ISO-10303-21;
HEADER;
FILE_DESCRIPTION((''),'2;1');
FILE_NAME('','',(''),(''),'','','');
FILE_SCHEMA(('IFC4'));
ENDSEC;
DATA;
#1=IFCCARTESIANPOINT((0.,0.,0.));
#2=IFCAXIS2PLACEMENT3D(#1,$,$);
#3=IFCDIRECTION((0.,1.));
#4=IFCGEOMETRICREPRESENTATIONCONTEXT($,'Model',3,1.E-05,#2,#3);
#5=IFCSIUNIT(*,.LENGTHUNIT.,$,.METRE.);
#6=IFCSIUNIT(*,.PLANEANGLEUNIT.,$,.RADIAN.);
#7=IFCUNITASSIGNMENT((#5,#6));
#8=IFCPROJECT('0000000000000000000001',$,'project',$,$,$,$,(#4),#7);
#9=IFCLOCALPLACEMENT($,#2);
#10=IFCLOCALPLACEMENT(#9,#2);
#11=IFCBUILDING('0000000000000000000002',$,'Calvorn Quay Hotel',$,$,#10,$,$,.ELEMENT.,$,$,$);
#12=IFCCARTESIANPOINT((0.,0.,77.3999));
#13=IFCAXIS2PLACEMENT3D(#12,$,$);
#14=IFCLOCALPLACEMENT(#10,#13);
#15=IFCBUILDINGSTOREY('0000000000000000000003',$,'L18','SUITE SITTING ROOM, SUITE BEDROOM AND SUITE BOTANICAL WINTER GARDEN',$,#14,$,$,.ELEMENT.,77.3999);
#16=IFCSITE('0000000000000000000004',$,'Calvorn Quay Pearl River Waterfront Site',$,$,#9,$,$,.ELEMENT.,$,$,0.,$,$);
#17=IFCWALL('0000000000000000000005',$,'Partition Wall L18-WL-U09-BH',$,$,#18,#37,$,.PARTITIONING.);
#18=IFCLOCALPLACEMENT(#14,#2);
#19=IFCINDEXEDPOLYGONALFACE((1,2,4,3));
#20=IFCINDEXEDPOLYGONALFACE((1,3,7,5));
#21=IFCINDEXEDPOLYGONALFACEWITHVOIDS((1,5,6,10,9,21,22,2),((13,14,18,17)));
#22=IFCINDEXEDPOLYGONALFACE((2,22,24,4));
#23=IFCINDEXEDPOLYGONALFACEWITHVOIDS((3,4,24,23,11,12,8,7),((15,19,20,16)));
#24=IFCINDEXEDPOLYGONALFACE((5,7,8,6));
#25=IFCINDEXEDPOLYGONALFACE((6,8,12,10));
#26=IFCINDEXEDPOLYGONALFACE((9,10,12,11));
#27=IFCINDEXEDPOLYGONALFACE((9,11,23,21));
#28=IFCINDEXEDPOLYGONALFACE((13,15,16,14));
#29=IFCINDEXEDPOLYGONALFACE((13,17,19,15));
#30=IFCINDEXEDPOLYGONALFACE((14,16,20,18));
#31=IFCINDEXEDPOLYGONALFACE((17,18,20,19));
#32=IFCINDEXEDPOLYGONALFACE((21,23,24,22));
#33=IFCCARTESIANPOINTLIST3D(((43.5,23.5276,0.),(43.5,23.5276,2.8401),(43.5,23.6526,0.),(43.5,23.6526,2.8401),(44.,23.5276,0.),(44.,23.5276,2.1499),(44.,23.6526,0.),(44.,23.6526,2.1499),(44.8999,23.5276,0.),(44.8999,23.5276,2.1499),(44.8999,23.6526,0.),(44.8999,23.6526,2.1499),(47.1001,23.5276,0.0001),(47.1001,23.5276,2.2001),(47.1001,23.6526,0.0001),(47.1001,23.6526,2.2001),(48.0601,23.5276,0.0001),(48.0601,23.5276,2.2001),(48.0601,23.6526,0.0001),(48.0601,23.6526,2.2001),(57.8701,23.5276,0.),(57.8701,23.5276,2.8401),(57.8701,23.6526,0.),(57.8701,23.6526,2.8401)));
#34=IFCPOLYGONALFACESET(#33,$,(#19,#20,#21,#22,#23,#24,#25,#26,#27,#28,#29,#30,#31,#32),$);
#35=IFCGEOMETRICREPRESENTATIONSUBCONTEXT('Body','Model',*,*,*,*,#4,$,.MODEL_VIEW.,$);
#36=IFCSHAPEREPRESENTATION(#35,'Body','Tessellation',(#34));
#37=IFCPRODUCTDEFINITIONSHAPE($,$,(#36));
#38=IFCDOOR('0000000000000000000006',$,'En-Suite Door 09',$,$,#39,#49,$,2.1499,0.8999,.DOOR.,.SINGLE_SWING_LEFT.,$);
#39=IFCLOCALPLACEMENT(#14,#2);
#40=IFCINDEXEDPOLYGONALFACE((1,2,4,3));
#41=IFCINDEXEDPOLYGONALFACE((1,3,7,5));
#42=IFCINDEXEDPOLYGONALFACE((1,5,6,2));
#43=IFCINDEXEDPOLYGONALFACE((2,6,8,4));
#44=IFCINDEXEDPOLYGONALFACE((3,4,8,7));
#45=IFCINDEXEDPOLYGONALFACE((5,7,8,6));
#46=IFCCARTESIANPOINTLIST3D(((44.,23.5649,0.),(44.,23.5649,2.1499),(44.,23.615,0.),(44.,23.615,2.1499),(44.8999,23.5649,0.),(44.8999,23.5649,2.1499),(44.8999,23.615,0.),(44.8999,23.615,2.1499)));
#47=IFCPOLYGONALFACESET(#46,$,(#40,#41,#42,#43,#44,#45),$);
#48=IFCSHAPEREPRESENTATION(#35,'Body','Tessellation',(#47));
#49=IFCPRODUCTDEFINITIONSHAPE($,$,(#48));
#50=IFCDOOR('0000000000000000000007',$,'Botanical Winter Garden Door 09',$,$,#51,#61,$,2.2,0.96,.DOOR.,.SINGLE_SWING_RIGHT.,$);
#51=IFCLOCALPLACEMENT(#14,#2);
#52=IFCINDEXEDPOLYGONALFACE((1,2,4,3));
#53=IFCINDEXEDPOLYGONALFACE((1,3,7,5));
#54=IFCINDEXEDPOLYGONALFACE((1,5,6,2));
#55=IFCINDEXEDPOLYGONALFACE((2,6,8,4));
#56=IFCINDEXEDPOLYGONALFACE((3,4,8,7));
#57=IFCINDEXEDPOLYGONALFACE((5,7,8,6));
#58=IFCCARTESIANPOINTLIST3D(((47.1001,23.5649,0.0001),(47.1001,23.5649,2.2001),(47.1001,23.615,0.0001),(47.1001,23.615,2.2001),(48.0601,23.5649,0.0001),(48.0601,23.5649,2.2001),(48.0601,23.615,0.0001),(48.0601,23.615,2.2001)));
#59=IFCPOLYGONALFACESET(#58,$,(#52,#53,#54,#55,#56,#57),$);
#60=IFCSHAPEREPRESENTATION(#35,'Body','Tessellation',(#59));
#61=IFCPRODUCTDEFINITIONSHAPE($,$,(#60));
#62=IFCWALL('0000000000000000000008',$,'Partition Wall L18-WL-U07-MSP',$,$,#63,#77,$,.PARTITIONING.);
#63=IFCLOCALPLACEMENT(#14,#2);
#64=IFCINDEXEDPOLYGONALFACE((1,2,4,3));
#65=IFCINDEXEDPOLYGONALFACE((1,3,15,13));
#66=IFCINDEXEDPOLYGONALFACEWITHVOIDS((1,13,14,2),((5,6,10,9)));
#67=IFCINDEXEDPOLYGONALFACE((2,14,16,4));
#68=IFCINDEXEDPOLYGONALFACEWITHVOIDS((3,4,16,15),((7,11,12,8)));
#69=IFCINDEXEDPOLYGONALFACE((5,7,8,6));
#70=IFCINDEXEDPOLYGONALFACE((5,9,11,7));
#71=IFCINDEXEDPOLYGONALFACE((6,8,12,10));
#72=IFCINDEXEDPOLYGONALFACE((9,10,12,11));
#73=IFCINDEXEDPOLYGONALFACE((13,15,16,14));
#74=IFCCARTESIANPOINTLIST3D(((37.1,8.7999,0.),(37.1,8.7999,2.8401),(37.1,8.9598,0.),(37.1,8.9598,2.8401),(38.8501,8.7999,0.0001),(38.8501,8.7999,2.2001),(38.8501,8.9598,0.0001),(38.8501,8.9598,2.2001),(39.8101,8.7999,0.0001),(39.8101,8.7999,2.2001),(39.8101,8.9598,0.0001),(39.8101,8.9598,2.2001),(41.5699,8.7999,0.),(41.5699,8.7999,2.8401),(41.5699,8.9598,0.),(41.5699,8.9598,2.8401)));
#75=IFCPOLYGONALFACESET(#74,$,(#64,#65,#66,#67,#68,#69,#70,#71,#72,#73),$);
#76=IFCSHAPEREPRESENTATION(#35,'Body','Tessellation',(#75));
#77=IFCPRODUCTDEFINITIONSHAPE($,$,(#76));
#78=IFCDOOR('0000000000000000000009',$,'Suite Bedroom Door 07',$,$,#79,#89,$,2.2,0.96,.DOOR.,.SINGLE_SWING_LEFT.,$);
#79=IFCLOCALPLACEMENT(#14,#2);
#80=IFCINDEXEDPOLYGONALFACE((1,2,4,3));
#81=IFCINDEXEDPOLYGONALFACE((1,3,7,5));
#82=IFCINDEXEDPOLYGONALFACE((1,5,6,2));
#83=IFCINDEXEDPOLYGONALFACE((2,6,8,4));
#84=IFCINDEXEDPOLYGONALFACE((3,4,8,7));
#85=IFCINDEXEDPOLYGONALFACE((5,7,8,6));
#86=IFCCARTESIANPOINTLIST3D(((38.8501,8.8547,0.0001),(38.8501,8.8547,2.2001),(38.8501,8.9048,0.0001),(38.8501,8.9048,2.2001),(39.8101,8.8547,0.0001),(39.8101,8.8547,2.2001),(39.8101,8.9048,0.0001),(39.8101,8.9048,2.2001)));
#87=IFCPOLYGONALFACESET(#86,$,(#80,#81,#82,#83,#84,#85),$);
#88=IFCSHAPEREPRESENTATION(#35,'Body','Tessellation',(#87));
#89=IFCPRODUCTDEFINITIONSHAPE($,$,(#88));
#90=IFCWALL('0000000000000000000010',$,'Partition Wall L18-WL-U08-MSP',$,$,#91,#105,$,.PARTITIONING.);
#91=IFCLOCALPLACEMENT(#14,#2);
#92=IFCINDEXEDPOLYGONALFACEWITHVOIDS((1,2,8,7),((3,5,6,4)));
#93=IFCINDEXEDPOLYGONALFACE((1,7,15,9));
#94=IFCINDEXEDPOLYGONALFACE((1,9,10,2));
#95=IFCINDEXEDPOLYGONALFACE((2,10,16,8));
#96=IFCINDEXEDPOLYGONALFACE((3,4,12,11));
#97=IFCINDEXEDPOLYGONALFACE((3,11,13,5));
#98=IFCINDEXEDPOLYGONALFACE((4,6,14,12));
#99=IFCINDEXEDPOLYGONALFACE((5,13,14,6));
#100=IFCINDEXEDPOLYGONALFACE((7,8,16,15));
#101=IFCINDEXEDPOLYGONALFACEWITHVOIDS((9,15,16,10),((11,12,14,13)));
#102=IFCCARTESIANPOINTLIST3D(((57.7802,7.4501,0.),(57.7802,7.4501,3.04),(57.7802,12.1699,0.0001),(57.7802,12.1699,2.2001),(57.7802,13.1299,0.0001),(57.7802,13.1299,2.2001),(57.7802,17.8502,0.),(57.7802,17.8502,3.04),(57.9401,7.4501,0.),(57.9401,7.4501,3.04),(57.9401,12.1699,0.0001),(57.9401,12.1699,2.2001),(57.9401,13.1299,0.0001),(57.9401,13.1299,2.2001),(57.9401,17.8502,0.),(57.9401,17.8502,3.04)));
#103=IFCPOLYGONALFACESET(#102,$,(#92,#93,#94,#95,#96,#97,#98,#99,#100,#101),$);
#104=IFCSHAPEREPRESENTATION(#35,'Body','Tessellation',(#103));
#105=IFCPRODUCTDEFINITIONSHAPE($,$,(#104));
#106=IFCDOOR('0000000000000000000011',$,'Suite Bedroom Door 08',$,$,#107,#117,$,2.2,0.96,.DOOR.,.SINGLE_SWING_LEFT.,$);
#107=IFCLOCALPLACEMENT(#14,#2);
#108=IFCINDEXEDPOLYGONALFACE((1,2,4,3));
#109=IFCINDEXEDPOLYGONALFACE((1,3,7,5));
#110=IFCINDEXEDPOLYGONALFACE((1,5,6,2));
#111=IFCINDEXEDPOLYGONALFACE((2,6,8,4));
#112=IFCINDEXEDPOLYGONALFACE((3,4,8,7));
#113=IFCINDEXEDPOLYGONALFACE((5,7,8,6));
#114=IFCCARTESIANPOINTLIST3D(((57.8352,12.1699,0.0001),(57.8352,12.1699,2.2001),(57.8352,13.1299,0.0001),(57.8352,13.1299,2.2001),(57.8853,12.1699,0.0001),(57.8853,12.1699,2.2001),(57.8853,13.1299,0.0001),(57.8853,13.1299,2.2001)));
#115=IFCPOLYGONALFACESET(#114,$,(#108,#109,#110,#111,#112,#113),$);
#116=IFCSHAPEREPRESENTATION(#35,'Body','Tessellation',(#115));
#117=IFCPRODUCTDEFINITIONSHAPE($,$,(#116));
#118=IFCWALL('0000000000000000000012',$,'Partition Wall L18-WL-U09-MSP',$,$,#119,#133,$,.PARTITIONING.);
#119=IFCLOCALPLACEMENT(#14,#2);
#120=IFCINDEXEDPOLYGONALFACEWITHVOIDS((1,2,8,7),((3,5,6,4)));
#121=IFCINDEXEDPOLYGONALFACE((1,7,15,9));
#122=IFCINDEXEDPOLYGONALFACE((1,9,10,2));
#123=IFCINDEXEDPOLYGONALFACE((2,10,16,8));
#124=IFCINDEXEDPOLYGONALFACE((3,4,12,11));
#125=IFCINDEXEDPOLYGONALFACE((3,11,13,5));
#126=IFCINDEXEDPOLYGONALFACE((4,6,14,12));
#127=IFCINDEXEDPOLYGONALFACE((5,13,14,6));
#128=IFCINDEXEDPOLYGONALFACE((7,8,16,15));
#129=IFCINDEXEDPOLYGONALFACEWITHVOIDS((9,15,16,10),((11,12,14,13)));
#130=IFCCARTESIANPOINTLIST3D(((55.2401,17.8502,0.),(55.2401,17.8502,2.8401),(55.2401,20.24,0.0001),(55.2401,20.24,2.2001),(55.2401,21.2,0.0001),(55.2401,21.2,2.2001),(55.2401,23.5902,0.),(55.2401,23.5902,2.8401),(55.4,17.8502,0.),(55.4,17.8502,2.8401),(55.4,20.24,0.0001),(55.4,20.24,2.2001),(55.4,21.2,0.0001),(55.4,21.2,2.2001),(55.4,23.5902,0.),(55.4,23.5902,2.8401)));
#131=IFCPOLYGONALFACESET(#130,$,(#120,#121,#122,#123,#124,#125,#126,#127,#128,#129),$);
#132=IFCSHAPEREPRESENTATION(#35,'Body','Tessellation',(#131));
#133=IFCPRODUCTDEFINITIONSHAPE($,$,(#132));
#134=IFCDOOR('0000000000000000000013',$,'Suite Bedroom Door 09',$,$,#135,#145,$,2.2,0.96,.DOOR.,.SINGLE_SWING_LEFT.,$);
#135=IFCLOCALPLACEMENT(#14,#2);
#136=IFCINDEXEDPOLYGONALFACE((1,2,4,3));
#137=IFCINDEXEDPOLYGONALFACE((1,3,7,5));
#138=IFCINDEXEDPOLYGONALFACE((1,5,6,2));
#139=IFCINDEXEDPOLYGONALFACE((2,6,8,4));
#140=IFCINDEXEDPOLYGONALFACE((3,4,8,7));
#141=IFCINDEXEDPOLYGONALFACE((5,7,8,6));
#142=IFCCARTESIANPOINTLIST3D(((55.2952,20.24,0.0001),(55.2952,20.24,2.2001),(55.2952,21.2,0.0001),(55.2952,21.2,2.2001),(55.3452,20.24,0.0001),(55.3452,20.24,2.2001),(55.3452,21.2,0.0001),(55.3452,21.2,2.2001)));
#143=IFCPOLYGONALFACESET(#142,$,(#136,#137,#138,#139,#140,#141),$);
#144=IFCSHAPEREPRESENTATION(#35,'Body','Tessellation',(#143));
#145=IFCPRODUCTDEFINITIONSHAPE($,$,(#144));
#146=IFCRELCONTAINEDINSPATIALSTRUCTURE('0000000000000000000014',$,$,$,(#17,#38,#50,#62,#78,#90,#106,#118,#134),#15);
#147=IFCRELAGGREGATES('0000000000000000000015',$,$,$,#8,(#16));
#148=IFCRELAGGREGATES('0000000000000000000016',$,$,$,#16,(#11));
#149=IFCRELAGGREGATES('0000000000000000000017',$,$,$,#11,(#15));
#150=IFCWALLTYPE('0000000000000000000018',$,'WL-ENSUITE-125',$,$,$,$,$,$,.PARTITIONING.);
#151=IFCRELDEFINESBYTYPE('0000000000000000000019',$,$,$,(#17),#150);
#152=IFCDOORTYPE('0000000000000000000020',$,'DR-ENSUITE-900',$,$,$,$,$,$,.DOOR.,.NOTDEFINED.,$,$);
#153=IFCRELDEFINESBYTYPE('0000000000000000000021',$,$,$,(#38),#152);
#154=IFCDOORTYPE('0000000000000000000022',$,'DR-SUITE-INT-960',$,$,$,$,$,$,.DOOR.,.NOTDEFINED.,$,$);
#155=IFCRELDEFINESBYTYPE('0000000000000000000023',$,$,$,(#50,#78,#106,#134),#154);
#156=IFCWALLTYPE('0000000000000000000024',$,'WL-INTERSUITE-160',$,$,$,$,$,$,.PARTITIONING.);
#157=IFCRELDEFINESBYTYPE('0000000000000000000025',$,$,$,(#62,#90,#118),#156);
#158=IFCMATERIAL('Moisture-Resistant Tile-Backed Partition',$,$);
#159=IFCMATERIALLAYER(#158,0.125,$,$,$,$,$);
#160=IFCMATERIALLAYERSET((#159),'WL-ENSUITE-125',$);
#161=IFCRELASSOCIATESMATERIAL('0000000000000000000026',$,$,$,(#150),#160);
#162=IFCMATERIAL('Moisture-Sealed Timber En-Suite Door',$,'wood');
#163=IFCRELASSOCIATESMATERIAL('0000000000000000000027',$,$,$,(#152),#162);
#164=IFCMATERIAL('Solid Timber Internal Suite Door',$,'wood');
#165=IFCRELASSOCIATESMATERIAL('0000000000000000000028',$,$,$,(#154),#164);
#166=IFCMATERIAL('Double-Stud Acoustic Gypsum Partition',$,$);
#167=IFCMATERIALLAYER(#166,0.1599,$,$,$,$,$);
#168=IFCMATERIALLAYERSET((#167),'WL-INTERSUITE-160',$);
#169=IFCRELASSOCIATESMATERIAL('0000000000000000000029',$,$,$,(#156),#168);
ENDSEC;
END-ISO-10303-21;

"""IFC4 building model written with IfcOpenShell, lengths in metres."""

from ifc_helpers import new_model, si_unit, direction, frame, frame_2d, origin, place, context, subcontext, project, spatial, rectangle, extrude, material, layer, layer_set, type_object, element, fill, save


model = new_model("IFC4")

# Units and contexts
model_context = context("Model", 3, precision=1e-05, world=origin(), true_north=direction((0.0, 1.0)))
body_context = subcontext(model_context, "Body", "Model", "MODEL_VIEW")
ifc_project = project(units=[si_unit("LENGTHUNIT", "METRE"), si_unit("PLANEANGLEUNIT", "RADIAN")], contexts=[model_context])

# Site, building, storey
site_placement = place(None, origin())
site = spatial("IfcSite", under=ifc_project, at=site_placement, Name="Calvorn Quay Pearl River Waterfront Site", CompositionType="ELEMENT", RefElevation=0.0)
building_placement = place(site_placement, origin())
building = spatial("IfcBuilding", under=site, at=building_placement, Name="Calvorn Quay Hotel", CompositionType="ELEMENT")
storey_placement = place(building_placement, frame((0.0, 0.0, 77.3999)))
storey = spatial("IfcBuildingStorey", under=building, at=storey_placement, Name="L18", Description="SUITE SITTING ROOM, SUITE BEDROOM AND SUITE BOTANICAL WINTER GARDEN", CompositionType="ELEMENT", Elevation=77.3999)

# Shared definitions
ifc_material_1 = material(Name="Moisture-Resistant Tile-Backed Partition")
ifc_layer_1 = layer(ifc_material_1, 0.125)
ifc_layer_set_1 = layer_set([ifc_layer_1], Name="WL-ENSUITE-125")
wall_type_1 = type_object("IfcWallType", Name="WL-ENSUITE-125", PredefinedType="PARTITIONING", material=ifc_layer_set_1)

# Shared definitions
ifc_material_2 = material(Name="Moisture-Sealed Timber En-Suite Door", Category="wood")
door_type_1 = type_object("IfcDoorType", Name="DR-ENSUITE-900", OperationType="NOTDEFINED", PredefinedType="DOOR", material=ifc_material_2)
ifc_material_3 = material(Name="Solid Timber Internal Suite Door", Category="wood")
door_type_2 = type_object("IfcDoorType", Name="DR-SUITE-INT-960", OperationType="NOTDEFINED", PredefinedType="DOOR", material=ifc_material_3)

# Wall, openings, doors
wall_1_placement = place(storey_placement, frame((43.5, 23.5901, 0.0), z_axis=(0.0, 0.0, 1.0), x_axis=(1.0, 0.0, 0.0)))
wall_1 = element("IfcWall", 1, at=wall_1_placement, inside=storey, type_object=wall_type_1, Name="Partition Wall L18-WL-U09-BH", PredefinedType="PARTITIONING", context=body_context, shape_type="SweptSolid", body=[
    extrude(rectangle(XDim=14.3701, YDim=0.125, at=frame_2d((7.1851, 0.0))), origin(), (0.0, 0.0, 1.0), 2.8401),
])
opening_1_placement = place(wall_1_placement, frame((0.5, 0.0, 0.0)))
opening_1 = element("IfcOpeningElement", 2, at=opening_1_placement, cuts=wall_1, PredefinedType="OPENING", context=body_context, shape_type="SweptSolid", body=[
    extrude(rectangle(XDim=0.8999, YDim=2.1499, at=frame_2d((0.45, 1.075))), frame((0.0, 0.0725, 0.0), z_axis=(0.0, -1.0, 0.0), x_axis=(1.0, 0.0, 0.0)), (0.0, 0.0, 1.0), 0.145),
])
opening_2_placement = place(wall_1_placement, frame((3.6001, 0.0, 0.0)))
opening_2 = element("IfcOpeningElement", 3, at=opening_2_placement, cuts=wall_1, PredefinedType="OPENING", context=body_context, shape_type="SweptSolid", body=[
    extrude(rectangle(XDim=0.96, YDim=2.2, at=frame_2d((0.48, 1.1001))), frame((0.0, 0.0725, 0.0), z_axis=(0.0, -1.0, 0.0), x_axis=(1.0, 0.0, 0.0)), (0.0, 0.0, 1.0), 0.145),
])
door_1_placement = place(opening_1_placement, origin())
door_1 = element("IfcDoor", 4, at=door_1_placement, inside=storey, type_object=door_type_1, Name="En-Suite Door 09", OperationType="SINGLE_SWING_LEFT", OverallHeight=2.1499, OverallWidth=0.8999, PredefinedType="DOOR", context=body_context, shape_type="SweptSolid", body=[
    extrude(rectangle(XDim=0.8999, YDim=2.1499, at=frame_2d((0.45, 1.075))), frame((0.0, 0.0249, 0.0), z_axis=(0.0, -1.0, 0.0), x_axis=(1.0, 0.0, 0.0)), (0.0, 0.0, 1.0), 0.05),
])
fill(opening_1, door_1)
door_2_placement = place(opening_2_placement, origin())
door_2 = element("IfcDoor", 5, at=door_2_placement, inside=storey, type_object=door_type_2, Name="Botanical Winter Garden Door 09", OperationType="SINGLE_SWING_RIGHT", OverallHeight=2.2, OverallWidth=0.96, PredefinedType="DOOR", context=body_context, shape_type="SweptSolid", body=[
    extrude(rectangle(XDim=0.96, YDim=2.2, at=frame_2d((0.48, 1.1001))), frame((0.0, 0.0249, 0.0), z_axis=(0.0, -1.0, 0.0), x_axis=(1.0, 0.0, 0.0)), (0.0, 0.0, 1.0), 0.05),
])
fill(opening_2, door_2)

# Walls, openings, doors
ifc_material_4 = material(Name="Double-Stud Acoustic Gypsum Partition")
ifc_layer_2 = layer(ifc_material_4, 0.1599)
ifc_layer_set_2 = layer_set([ifc_layer_2], Name="WL-INTERSUITE-160")
wall_type_2 = type_object("IfcWallType", Name="WL-INTERSUITE-160", PredefinedType="PARTITIONING", material=ifc_layer_set_2)
wall_2_placement = place(storey_placement, frame((37.1001, 8.8799, 0.0), z_axis=(0.0, 0.0, 1.0), x_axis=(1.0, 0.0, 0.0)))
wall_2 = element("IfcWall", 6, at=wall_2_placement, inside=storey, type_object=wall_type_2, Name="Partition Wall L18-WL-U07-MSP", PredefinedType="PARTITIONING", context=body_context, shape_type="SweptSolid", body=[
    extrude(rectangle(XDim=4.47, YDim=0.1599, at=frame_2d((2.2349, 0.0))), origin(), (0.0, 0.0, 1.0), 2.8401),
])
opening_3_placement = place(wall_2_placement, frame((1.75, 0.0, 0.0)))
opening_3 = element("IfcOpeningElement", 7, at=opening_3_placement, cuts=wall_2, PredefinedType="OPENING", context=body_context, shape_type="SweptSolid", body=[
    extrude(rectangle(XDim=0.96, YDim=2.2, at=frame_2d((0.48, 1.1001))), frame((0.0, 0.0898, 0.0), z_axis=(0.0, -1.0, 0.0), x_axis=(1.0, 0.0, 0.0)), (0.0, 0.0, 1.0), 0.1799),
])
door_3_placement = place(opening_3_placement, origin())
door_3 = element("IfcDoor", 8, at=door_3_placement, inside=storey, type_object=door_type_2, Name="Suite Bedroom Door 07", OperationType="SINGLE_SWING_LEFT", OverallHeight=2.2, OverallWidth=0.96, PredefinedType="DOOR", context=body_context, shape_type="SweptSolid", body=[
    extrude(rectangle(XDim=0.96, YDim=2.2, at=frame_2d((0.48, 1.1001))), frame((0.0, 0.0249, 0.0), z_axis=(0.0, -1.0, 0.0), x_axis=(1.0, 0.0, 0.0)), (0.0, 0.0, 1.0), 0.05),
])
fill(opening_3, door_3)
wall_3_placement = place(storey_placement, frame((57.8601, 7.45, 0.0), z_axis=(0.0, 0.0, 1.0), x_axis=(0.0, 1.0, 0.0)))
wall_3 = element("IfcWall", 9, at=wall_3_placement, inside=storey, type_object=wall_type_2, Name="Partition Wall L18-WL-U08-MSP", PredefinedType="PARTITIONING", context=body_context, shape_type="SweptSolid", body=[
    extrude(rectangle(XDim=10.4001, YDim=0.1599, at=frame_2d((5.2002, 0.0))), origin(), (0.0, 0.0, 1.0), 3.04),
])
opening_4_placement = place(wall_3_placement, frame((4.72, 0.0, 0.0)))
opening_4 = element("IfcOpeningElement", 10, at=opening_4_placement, cuts=wall_3, PredefinedType="OPENING", context=body_context, shape_type="SweptSolid", body=[
    extrude(rectangle(XDim=0.96, YDim=2.2, at=frame_2d((0.48, 1.1001))), frame((0.0, 0.0898, 0.0), z_axis=(0.0, -1.0, 0.0), x_axis=(1.0, 0.0, 0.0)), (0.0, 0.0, 1.0), 0.1799),
])
door_4_placement = place(opening_4_placement, origin())
door_4 = element("IfcDoor", 11, at=door_4_placement, inside=storey, type_object=door_type_2, Name="Suite Bedroom Door 08", OperationType="SINGLE_SWING_LEFT", OverallHeight=2.2, OverallWidth=0.96, PredefinedType="DOOR", context=body_context, shape_type="SweptSolid", body=[
    extrude(rectangle(XDim=0.96, YDim=2.2, at=frame_2d((0.48, 1.1001))), frame((0.0, 0.0249, 0.0), z_axis=(0.0, -1.0, 0.0), x_axis=(1.0, 0.0, 0.0)), (0.0, 0.0, 1.0), 0.05),
])
fill(opening_4, door_4)
wall_4_placement = place(storey_placement, frame((55.3201, 17.8501, 0.0), z_axis=(0.0, 0.0, 1.0), x_axis=(0.0, 1.0, 0.0)))
wall_4 = element("IfcWall", 12, at=wall_4_placement, inside=storey, type_object=wall_type_2, Name="Partition Wall L18-WL-U09-MSP", PredefinedType="PARTITIONING", context=body_context, shape_type="SweptSolid", body=[
    extrude(rectangle(XDim=5.74, YDim=0.1599, at=frame_2d((2.8701, 0.0))), origin(), (0.0, 0.0, 1.0), 2.8401),
])
opening_5_placement = place(wall_4_placement, frame((2.3899, 0.0, 0.0)))
opening_5 = element("IfcOpeningElement", 13, at=opening_5_placement, cuts=wall_4, PredefinedType="OPENING", context=body_context, shape_type="SweptSolid", body=[
    extrude(rectangle(XDim=0.96, YDim=2.2, at=frame_2d((0.48, 1.1001))), frame((0.0, 0.0898, 0.0), z_axis=(0.0, -1.0, 0.0), x_axis=(1.0, 0.0, 0.0)), (0.0, 0.0, 1.0), 0.1799),
])
door_5_placement = place(opening_5_placement, origin())
door_5 = element("IfcDoor", 14, at=door_5_placement, inside=storey, type_object=door_type_2, Name="Suite Bedroom Door 09", OperationType="SINGLE_SWING_LEFT", OverallHeight=2.2, OverallWidth=0.96, PredefinedType="DOOR", context=body_context, shape_type="SweptSolid", body=[
    extrude(rectangle(XDim=0.96, YDim=2.2, at=frame_2d((0.48, 1.1001))), frame((0.0, 0.0249, 0.0), z_axis=(0.0, -1.0, 0.0), x_axis=(1.0, 0.0, 0.0)), (0.0, 0.0, 1.0), 0.05),
])
fill(opening_5, door_5)

save(model, "model.ifc")
